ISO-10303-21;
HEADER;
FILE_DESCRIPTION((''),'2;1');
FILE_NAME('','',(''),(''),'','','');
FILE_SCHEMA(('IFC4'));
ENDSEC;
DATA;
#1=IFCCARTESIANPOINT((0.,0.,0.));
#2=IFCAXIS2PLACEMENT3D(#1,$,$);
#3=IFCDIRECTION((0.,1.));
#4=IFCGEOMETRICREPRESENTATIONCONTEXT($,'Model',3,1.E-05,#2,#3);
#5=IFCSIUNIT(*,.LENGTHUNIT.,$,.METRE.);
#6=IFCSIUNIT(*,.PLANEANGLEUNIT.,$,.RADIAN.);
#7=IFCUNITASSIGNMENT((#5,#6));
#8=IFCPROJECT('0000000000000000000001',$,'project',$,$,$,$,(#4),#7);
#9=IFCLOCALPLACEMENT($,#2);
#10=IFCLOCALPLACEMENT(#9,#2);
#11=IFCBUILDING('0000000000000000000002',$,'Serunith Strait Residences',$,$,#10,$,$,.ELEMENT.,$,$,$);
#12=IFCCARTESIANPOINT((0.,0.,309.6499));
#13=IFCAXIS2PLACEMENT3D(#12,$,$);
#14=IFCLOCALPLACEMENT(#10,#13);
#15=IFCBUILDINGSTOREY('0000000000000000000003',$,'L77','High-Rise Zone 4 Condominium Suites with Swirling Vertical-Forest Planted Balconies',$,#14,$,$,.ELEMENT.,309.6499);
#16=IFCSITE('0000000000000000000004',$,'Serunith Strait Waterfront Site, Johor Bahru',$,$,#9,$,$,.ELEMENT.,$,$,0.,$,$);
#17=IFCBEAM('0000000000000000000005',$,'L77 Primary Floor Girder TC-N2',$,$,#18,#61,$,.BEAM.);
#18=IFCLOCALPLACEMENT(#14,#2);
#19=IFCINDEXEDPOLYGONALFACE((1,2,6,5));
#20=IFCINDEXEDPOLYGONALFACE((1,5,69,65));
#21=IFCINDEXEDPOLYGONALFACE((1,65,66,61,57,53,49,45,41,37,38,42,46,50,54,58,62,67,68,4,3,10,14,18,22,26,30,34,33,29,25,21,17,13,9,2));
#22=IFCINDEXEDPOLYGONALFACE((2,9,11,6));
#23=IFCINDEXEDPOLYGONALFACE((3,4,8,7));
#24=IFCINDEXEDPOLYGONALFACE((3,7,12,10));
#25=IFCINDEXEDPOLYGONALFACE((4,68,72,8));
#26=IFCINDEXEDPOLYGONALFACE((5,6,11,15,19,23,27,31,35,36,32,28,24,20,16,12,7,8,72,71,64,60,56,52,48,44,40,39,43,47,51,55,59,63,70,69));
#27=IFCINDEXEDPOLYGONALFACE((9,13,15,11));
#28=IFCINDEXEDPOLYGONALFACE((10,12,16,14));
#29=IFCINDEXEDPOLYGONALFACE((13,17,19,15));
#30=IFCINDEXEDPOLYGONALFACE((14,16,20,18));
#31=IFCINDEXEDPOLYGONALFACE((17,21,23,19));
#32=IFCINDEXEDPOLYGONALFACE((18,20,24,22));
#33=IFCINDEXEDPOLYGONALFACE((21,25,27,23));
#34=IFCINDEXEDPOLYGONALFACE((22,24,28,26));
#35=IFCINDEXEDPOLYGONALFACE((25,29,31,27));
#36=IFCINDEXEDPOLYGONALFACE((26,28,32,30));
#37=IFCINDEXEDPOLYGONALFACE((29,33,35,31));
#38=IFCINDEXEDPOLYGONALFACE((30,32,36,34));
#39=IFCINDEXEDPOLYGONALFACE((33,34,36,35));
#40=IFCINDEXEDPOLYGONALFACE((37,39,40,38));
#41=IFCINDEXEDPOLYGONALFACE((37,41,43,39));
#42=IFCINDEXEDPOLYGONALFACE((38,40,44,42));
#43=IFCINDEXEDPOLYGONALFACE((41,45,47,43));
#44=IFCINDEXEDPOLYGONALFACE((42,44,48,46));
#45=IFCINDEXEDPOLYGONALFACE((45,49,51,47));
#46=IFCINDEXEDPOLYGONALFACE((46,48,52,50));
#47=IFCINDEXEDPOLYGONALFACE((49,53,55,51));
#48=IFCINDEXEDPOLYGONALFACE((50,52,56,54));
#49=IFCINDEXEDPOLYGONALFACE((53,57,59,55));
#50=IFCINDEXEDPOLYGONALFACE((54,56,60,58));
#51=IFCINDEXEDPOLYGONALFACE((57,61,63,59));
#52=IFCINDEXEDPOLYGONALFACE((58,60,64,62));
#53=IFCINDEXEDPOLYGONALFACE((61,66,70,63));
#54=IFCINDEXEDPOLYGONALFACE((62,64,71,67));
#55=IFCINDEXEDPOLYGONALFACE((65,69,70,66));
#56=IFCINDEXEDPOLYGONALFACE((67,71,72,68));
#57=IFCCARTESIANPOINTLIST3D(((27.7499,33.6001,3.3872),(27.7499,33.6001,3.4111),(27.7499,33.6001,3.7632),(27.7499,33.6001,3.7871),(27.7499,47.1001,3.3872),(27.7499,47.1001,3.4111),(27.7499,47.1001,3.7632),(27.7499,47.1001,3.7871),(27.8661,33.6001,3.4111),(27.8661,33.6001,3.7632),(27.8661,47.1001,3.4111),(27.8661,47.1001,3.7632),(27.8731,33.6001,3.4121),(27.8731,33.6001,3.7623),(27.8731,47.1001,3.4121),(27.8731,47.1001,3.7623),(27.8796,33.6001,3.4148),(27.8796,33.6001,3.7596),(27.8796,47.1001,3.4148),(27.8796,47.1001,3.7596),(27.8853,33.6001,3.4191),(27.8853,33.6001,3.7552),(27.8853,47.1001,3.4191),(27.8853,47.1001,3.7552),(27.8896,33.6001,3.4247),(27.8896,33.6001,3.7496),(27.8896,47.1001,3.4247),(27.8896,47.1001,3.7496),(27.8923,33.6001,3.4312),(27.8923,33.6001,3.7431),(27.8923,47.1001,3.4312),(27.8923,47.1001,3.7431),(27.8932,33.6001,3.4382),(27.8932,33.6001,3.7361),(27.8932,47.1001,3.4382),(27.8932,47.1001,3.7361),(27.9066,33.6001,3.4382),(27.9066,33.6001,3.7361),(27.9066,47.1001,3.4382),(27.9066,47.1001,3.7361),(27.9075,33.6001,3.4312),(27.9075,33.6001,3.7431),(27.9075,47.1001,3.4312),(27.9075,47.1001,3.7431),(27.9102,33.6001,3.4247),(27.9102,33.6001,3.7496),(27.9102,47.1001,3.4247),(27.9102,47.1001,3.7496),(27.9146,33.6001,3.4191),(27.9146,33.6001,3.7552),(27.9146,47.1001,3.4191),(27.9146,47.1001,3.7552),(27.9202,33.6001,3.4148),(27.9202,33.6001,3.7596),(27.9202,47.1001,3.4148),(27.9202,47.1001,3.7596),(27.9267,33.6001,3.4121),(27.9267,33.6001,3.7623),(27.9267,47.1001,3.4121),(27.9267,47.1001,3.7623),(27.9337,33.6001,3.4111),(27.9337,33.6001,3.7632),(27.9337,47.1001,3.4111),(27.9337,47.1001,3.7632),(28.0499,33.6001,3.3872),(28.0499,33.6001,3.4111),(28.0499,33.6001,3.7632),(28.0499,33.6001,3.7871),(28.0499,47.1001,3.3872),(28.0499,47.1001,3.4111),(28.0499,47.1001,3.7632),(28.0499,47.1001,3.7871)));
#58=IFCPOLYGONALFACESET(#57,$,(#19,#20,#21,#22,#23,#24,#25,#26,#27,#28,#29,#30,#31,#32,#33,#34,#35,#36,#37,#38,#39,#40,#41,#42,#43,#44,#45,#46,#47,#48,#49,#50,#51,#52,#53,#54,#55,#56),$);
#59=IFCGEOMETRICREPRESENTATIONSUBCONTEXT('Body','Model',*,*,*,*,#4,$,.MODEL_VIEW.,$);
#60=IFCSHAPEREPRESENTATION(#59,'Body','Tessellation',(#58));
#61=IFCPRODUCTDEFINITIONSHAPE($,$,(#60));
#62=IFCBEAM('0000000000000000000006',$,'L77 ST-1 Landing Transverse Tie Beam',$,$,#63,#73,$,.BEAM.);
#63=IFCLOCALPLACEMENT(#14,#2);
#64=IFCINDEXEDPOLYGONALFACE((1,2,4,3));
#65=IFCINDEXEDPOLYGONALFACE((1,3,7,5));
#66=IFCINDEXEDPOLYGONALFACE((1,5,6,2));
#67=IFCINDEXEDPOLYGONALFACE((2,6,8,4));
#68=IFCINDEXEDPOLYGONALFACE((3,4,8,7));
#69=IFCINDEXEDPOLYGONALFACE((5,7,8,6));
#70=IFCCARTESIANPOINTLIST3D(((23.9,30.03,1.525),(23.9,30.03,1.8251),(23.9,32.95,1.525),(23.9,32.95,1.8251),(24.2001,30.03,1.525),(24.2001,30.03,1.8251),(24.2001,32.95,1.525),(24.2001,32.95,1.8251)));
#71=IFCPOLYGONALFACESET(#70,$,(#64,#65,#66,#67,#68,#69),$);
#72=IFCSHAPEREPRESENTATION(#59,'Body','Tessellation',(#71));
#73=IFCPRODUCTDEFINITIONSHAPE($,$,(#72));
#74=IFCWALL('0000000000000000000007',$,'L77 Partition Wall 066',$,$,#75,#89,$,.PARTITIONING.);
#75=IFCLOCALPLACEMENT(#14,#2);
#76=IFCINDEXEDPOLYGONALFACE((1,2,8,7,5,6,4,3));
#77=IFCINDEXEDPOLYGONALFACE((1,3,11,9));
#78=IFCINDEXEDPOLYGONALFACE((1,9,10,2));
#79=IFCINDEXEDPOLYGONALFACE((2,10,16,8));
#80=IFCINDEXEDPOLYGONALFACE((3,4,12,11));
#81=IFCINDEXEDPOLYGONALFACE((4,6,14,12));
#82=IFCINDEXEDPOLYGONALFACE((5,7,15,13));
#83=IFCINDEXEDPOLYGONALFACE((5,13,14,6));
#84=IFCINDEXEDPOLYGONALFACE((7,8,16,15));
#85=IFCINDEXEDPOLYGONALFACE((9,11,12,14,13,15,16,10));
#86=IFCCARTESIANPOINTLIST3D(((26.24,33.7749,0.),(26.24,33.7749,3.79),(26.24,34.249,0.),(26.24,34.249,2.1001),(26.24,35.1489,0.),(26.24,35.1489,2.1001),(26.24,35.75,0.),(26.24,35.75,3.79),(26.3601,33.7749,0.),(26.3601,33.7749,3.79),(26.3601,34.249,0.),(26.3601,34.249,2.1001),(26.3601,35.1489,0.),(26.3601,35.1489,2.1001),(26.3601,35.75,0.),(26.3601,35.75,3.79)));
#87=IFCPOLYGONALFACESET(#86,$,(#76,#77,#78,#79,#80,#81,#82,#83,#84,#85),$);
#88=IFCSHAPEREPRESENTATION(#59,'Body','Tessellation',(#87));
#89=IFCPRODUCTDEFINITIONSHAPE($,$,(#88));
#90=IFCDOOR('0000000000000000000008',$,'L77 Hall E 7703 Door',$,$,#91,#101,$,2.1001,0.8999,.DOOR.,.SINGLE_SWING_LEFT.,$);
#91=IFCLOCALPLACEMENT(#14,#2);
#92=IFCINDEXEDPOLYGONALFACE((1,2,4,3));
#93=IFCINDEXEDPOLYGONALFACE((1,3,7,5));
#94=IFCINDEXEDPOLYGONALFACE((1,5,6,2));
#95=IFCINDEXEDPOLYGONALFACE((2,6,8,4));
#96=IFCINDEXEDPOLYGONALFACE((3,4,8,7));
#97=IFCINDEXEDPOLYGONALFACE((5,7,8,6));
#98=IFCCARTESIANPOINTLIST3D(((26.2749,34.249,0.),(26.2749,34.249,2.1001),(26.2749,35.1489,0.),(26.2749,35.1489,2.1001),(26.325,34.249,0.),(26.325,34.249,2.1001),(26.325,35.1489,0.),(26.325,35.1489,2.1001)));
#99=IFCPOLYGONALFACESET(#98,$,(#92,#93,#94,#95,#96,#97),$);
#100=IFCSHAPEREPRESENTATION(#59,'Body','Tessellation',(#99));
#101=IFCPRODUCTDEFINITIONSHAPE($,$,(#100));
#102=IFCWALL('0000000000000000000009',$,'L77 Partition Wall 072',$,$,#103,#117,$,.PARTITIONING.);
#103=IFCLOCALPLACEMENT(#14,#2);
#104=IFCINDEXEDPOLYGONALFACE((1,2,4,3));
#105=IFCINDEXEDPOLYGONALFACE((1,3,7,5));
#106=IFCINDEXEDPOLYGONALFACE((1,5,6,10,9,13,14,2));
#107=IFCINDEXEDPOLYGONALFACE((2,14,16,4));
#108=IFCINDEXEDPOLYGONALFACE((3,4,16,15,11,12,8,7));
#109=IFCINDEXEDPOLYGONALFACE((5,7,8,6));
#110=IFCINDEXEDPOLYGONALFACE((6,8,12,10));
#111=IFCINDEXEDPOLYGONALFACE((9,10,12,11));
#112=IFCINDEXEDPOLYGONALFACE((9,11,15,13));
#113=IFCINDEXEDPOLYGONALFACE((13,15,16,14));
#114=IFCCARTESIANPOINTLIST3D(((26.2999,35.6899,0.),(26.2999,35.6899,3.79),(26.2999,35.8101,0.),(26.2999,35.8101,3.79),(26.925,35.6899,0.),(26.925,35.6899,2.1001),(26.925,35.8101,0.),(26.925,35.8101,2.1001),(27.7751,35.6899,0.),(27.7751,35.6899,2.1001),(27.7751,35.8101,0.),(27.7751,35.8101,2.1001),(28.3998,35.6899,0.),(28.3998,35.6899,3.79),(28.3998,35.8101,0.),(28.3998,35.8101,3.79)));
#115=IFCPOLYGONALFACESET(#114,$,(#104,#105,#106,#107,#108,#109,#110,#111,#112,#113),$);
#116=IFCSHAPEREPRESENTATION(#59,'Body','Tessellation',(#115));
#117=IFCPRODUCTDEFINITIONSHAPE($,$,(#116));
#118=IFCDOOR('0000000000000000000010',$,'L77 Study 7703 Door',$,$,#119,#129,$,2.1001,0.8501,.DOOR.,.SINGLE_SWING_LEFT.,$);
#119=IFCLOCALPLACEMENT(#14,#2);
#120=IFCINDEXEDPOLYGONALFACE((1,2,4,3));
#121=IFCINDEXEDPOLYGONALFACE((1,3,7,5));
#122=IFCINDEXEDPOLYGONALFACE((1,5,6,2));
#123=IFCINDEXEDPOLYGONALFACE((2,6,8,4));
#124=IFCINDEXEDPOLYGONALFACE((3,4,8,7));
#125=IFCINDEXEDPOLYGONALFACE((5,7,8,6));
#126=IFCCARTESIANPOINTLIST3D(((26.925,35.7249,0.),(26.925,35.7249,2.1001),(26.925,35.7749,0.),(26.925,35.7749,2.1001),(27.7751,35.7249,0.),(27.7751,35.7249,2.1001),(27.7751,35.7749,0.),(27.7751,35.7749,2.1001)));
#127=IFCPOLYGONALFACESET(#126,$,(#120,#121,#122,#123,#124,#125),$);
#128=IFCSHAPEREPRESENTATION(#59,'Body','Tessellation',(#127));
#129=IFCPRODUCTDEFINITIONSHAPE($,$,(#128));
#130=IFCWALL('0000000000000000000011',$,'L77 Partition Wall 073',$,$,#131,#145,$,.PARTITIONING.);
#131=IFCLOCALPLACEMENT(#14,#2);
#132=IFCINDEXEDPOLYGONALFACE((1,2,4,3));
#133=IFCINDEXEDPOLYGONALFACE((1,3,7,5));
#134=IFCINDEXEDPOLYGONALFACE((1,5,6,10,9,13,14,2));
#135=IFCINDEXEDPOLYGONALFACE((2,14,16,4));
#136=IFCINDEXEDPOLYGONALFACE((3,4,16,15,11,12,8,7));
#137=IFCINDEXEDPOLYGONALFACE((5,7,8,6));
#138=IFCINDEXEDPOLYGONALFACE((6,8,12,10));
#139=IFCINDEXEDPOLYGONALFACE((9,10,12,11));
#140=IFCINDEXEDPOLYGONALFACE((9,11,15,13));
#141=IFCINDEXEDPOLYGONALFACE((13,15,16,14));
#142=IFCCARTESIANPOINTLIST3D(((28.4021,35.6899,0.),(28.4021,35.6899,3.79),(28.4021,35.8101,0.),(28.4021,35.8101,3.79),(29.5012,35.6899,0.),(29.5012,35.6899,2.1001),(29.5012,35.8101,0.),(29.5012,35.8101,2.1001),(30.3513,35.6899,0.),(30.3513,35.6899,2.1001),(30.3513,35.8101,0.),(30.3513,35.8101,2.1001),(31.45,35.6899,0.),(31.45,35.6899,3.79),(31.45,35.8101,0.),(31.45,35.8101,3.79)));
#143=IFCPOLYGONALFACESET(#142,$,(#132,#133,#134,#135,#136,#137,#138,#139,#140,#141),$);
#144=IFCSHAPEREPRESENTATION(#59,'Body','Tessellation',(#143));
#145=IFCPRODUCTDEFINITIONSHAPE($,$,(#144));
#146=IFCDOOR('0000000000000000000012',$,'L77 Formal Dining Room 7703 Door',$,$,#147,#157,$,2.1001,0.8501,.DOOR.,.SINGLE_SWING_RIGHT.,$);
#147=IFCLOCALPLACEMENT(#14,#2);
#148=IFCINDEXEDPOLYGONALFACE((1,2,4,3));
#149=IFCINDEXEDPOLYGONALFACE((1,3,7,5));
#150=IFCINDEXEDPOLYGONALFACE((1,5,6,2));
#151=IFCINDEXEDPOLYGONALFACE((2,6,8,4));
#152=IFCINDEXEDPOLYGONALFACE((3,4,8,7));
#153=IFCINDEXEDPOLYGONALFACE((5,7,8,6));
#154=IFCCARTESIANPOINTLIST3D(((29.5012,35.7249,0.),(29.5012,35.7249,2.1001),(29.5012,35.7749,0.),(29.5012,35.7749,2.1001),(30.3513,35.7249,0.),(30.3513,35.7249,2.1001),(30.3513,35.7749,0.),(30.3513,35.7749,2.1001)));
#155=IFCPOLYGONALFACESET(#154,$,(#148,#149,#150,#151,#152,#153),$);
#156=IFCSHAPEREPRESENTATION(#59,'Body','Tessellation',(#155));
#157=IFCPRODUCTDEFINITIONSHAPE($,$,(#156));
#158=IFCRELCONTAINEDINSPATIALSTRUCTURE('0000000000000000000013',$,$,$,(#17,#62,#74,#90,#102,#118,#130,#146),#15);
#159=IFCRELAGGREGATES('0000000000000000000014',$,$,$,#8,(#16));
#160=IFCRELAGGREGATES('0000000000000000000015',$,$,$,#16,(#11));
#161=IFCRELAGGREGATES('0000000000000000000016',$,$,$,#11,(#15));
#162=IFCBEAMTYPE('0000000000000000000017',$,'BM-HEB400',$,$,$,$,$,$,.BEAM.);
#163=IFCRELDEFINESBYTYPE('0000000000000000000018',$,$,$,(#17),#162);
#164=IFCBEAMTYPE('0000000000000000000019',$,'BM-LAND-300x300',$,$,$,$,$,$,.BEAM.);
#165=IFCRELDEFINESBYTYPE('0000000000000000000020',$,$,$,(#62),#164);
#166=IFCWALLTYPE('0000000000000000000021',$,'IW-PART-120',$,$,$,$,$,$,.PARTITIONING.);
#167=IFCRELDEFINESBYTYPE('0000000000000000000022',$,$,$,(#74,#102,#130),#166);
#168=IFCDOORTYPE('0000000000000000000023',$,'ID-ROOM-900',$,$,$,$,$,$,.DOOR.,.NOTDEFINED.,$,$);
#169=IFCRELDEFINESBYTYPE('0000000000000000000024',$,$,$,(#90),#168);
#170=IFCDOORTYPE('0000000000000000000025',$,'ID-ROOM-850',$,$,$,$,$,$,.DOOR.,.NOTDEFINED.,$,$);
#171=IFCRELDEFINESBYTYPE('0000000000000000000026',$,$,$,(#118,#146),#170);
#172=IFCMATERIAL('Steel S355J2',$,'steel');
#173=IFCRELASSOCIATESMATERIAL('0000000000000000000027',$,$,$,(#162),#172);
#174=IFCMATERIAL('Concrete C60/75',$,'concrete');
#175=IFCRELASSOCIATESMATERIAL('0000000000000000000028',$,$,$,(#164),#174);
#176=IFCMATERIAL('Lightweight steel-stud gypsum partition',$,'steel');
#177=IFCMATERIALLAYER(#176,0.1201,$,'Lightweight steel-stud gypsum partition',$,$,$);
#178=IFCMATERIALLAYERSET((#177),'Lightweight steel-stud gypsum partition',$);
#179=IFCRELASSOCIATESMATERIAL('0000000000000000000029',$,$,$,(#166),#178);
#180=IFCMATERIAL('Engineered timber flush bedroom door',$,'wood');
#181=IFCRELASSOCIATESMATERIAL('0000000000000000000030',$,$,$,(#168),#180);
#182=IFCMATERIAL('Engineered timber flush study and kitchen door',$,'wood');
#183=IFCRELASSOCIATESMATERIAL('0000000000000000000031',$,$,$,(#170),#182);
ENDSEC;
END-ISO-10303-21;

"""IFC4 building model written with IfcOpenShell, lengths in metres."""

from ifc_helpers import new_model, si_unit, direction, frame, frame_2d, origin, origin_2d, place, context, subcontext, project, spatial, rectangle, i_section, extrude, source, transform, mapped, material, layer, layer_set, material_profile, profile_set, type_object, element, fill, save


model = new_model("IFC4")

# Units and contexts
model_context = context("Model", 3, precision=1e-05, world=origin(), true_north=direction((0.0, 1.0)))
body_context = subcontext(model_context, "Body", "Model", "MODEL_VIEW")
ifc_project = project(units=[si_unit("LENGTHUNIT", "METRE"), si_unit("PLANEANGLEUNIT", "RADIAN")], contexts=[model_context])

# Site, building, storey
site_placement = place(None, origin())
site = spatial("IfcSite", under=ifc_project, at=site_placement, Name="Serunith Strait Waterfront Site, Johor Bahru", CompositionType="ELEMENT", RefElevation=0.0)
building_placement = place(site_placement, origin())
building = spatial("IfcBuilding", under=site, at=building_placement, Name="Serunith Strait Residences", CompositionType="ELEMENT")
storey_placement = place(building_placement, frame((0.0, 0.0, 309.6499)))
storey = spatial("IfcBuildingStorey", under=building, at=storey_placement, Name="L77", Description="High-Rise Zone 4 Condominium Suites with Swirling Vertical-Forest Planted Balconies", CompositionType="ELEMENT", Elevation=309.6499)

# Beams
ifc_material_1 = material(Name="Steel S355J2", Category="steel")
ifc_material_profile_1 = material_profile(ifc_material_1, i_section(OverallWidth=0.3, OverallDepth=0.3999, WebThickness=0.0134, FlangeThickness=0.0239, FilletRadius=0.0271, at=origin_2d()), Name="HEB 400")
ifc_profile_set_1 = profile_set([ifc_material_profile_1], Name="Steel S355J2")
beam_type_1 = type_object("IfcBeamType", Name="BM-HEB400", PredefinedType="BEAM", material=ifc_profile_set_1)
shared_shape_1 = source(origin(), body_context, "Body", "SweptSolid", [
    extrude(i_section(OverallWidth=0.3, OverallDepth=0.3999, WebThickness=0.0134, FlangeThickness=0.0239, FilletRadius=0.0271, at=origin_2d()), origin(), (0.0, 0.0, 1.0), 13.5),
])
beam_1_placement = place(storey_placement, frame((27.8999, 33.6001, 3.5872), z_axis=(0.0, 1.0, 0.0), x_axis=(-1.0, 0.0, 0.0)))
element("IfcBeam", 1, at=beam_1_placement, inside=storey, type_object=beam_type_1, Name="L77 Primary Floor Girder TC-N2", PredefinedType="BEAM", context=body_context, shape_type="MappedRepresentation", body=[
    mapped(shared_shape_1, transform((0.0, 0.0, 0.0), scale=1.0)),
])
ifc_material_2 = material(Name="Concrete C60/75", Category="concrete")
ifc_material_profile_2 = material_profile(ifc_material_2, rectangle(XDim=0.3, YDim=0.3, at=origin_2d()), Name="RC 300x300")
ifc_profile_set_2 = profile_set([ifc_material_profile_2], Name="Concrete C60/75")
beam_type_2 = type_object("IfcBeamType", Name="BM-LAND-300x300", PredefinedType="BEAM", material=ifc_profile_set_2)
shared_shape_2 = source(origin(), body_context, "Body", "SweptSolid", [
    extrude(rectangle(XDim=0.3, YDim=0.3, at=origin_2d()), origin(), (0.0, 0.0, 1.0), 2.9199),
])
beam_2_placement = place(storey_placement, frame((24.05, 30.03, 1.675), z_axis=(0.0, 1.0, 0.0), x_axis=(-1.0, 0.0, 0.0)))
element("IfcBeam", 2, at=beam_2_placement, inside=storey, type_object=beam_type_2, Name="L77 ST-1 Landing Transverse Tie Beam", PredefinedType="BEAM", context=body_context, shape_type="MappedRepresentation", body=[
    mapped(shared_shape_2, transform((0.0, 0.0, 0.0), scale=1.0)),
])

# Walls, openings, doors
ifc_material_3 = material(Name="Lightweight steel-stud gypsum partition", Category="steel")
ifc_layer_1 = layer(ifc_material_3, 0.1201, Name="Lightweight steel-stud gypsum partition")
ifc_layer_set_1 = layer_set([ifc_layer_1], Name="Lightweight steel-stud gypsum partition")
wall_type_1 = type_object("IfcWallType", Name="IW-PART-120", PredefinedType="PARTITIONING", material=ifc_layer_set_1)
wall_1_placement = place(storey_placement, frame((26.3, 35.75, 0.0), z_axis=(0.0, 0.0, 1.0), x_axis=(0.0, -1.0, 0.0)))
wall_1 = element("IfcWall", 3, at=wall_1_placement, inside=storey, type_object=wall_type_1, Name="L77 Partition Wall 066", PredefinedType="PARTITIONING", context=body_context, shape_type="SweptSolid", body=[
    extrude(rectangle(XDim=1.9751, YDim=0.1201, at=frame_2d((0.9875, 0.0))), origin(), (0.0, 0.0, 1.0), 3.79),
])
opening_1_placement = place(wall_1_placement, frame((0.6011, 0.0, 0.0)))
opening_1 = element("IfcOpeningElement", 4, at=opening_1_placement, cuts=wall_1, PredefinedType="OPENING", context=body_context, shape_type="SweptSolid", body=[
    extrude(rectangle(XDim=0.8999, YDim=2.1001, at=frame_2d((0.45, 1.05))), frame((0.0, 0.0701, 0.0), z_axis=(0.0, -1.0, 0.0), x_axis=(1.0, 0.0, 0.0)), (0.0, 0.0, 1.0), 0.1401),
])
ifc_material_4 = material(Name="Engineered timber flush bedroom door", Category="wood")
door_type_1 = type_object("IfcDoorType", Name="ID-ROOM-900", OperationType="NOTDEFINED", PredefinedType="DOOR", material=ifc_material_4)
shared_shape_3 = source(origin(), body_context, "Body", "SweptSolid", [
    extrude(rectangle(XDim=0.8999, YDim=2.1001, at=frame_2d((0.45, 1.05))), frame((0.0, 0.0249, 0.0), z_axis=(0.0, -1.0, 0.0), x_axis=(1.0, 0.0, 0.0)), (0.0, 0.0, 1.0), 0.05),
])
door_1_placement = place(opening_1_placement, origin())
door_1 = element("IfcDoor", 5, at=door_1_placement, inside=storey, type_object=door_type_1, Name="L77 Hall E 7703 Door", OperationType="SINGLE_SWING_LEFT", OverallHeight=2.1001, OverallWidth=0.8999, PredefinedType="DOOR", context=body_context, shape_type="MappedRepresentation", body=[
    mapped(shared_shape_3, transform((0.0, 0.0, 0.0), scale=1.0)),
])
fill(opening_1, door_1)
wall_2_placement = place(storey_placement, frame((26.3, 35.75, 0.0), z_axis=(0.0, 0.0, 1.0), x_axis=(1.0, 0.0, 0.0)))
wall_2 = element("IfcWall", 6, at=wall_2_placement, inside=storey, type_object=wall_type_1, Name="L77 Partition Wall 072", PredefinedType="PARTITIONING", context=body_context, shape_type="SweptSolid", body=[
    extrude(rectangle(XDim=2.0999, YDim=0.1201, at=frame_2d((1.0498, 0.0))), origin(), (0.0, 0.0, 1.0), 3.79),
])
opening_2_placement = place(wall_2_placement, frame((0.625, 0.0, 0.0)))
opening_2 = element("IfcOpeningElement", 7, at=opening_2_placement, cuts=wall_2, PredefinedType="OPENING", context=body_context, shape_type="SweptSolid", body=[
    extrude(rectangle(XDim=0.8501, YDim=2.1001, at=frame_2d((0.425, 1.05))), frame((0.0, 0.0701, 0.0), z_axis=(0.0, -1.0, 0.0), x_axis=(1.0, 0.0, 0.0)), (0.0, 0.0, 1.0), 0.1401),
])
ifc_material_5 = material(Name="Engineered timber flush study and kitchen door", Category="wood")
door_type_2 = type_object("IfcDoorType", Name="ID-ROOM-850", OperationType="NOTDEFINED", PredefinedType="DOOR", material=ifc_material_5)
shared_shape_4 = source(origin(), body_context, "Body", "SweptSolid", [
    extrude(rectangle(XDim=0.8501, YDim=2.1001, at=frame_2d((0.425, 1.05))), frame((0.0, 0.0249, 0.0), z_axis=(0.0, -1.0, 0.0), x_axis=(1.0, 0.0, 0.0)), (0.0, 0.0, 1.0), 0.05),
])
door_2_placement = place(opening_2_placement, origin())
door_2 = element("IfcDoor", 8, at=door_2_placement, inside=storey, type_object=door_type_2, Name="L77 Study 7703 Door", OperationType="SINGLE_SWING_LEFT", OverallHeight=2.1001, OverallWidth=0.8501, PredefinedType="DOOR", context=body_context, shape_type="MappedRepresentation", body=[
    mapped(shared_shape_4, transform((0.0, 0.0, 0.0), scale=1.0)),
])
fill(opening_2, door_2)
wall_3_placement = place(storey_placement, frame((28.4021, 35.75, 0.0), z_axis=(0.0, 0.0, 1.0), x_axis=(1.0, 0.0, 0.0)))
wall_3 = element("IfcWall", 9, at=wall_3_placement, inside=storey, type_object=wall_type_1, Name="L77 Partition Wall 073", PredefinedType="PARTITIONING", context=body_context, shape_type="SweptSolid", body=[
    extrude(rectangle(XDim=3.0479, YDim=0.1201, at=frame_2d((1.5239, 0.0))), origin(), (0.0, 0.0, 1.0), 3.79),
])
opening_3_placement = place(wall_3_placement, frame((1.0991, 0.0, 0.0)))
opening_3 = element("IfcOpeningElement", 10, at=opening_3_placement, cuts=wall_3, PredefinedType="OPENING", context=body_context, shape_type="SweptSolid", body=[
    extrude(rectangle(XDim=0.8501, YDim=2.1001, at=frame_2d((0.425, 1.05))), frame((0.0, 0.0701, 0.0), z_axis=(0.0, -1.0, 0.0), x_axis=(1.0, 0.0, 0.0)), (0.0, 0.0, 1.0), 0.1401),
])
door_3_placement = place(opening_3_placement, origin())
door_3 = element("IfcDoor", 11, at=door_3_placement, inside=storey, type_object=door_type_2, Name="L77 Formal Dining Room 7703 Door", OperationType="SINGLE_SWING_RIGHT", OverallHeight=2.1001, OverallWidth=0.8501, PredefinedType="DOOR", context=body_context, shape_type="MappedRepresentation", body=[
    mapped(shared_shape_4, transform((0.0, 0.0, 0.0), scale=1.0)),
])
fill(opening_3, door_3)

save(model, "model.ifc")
